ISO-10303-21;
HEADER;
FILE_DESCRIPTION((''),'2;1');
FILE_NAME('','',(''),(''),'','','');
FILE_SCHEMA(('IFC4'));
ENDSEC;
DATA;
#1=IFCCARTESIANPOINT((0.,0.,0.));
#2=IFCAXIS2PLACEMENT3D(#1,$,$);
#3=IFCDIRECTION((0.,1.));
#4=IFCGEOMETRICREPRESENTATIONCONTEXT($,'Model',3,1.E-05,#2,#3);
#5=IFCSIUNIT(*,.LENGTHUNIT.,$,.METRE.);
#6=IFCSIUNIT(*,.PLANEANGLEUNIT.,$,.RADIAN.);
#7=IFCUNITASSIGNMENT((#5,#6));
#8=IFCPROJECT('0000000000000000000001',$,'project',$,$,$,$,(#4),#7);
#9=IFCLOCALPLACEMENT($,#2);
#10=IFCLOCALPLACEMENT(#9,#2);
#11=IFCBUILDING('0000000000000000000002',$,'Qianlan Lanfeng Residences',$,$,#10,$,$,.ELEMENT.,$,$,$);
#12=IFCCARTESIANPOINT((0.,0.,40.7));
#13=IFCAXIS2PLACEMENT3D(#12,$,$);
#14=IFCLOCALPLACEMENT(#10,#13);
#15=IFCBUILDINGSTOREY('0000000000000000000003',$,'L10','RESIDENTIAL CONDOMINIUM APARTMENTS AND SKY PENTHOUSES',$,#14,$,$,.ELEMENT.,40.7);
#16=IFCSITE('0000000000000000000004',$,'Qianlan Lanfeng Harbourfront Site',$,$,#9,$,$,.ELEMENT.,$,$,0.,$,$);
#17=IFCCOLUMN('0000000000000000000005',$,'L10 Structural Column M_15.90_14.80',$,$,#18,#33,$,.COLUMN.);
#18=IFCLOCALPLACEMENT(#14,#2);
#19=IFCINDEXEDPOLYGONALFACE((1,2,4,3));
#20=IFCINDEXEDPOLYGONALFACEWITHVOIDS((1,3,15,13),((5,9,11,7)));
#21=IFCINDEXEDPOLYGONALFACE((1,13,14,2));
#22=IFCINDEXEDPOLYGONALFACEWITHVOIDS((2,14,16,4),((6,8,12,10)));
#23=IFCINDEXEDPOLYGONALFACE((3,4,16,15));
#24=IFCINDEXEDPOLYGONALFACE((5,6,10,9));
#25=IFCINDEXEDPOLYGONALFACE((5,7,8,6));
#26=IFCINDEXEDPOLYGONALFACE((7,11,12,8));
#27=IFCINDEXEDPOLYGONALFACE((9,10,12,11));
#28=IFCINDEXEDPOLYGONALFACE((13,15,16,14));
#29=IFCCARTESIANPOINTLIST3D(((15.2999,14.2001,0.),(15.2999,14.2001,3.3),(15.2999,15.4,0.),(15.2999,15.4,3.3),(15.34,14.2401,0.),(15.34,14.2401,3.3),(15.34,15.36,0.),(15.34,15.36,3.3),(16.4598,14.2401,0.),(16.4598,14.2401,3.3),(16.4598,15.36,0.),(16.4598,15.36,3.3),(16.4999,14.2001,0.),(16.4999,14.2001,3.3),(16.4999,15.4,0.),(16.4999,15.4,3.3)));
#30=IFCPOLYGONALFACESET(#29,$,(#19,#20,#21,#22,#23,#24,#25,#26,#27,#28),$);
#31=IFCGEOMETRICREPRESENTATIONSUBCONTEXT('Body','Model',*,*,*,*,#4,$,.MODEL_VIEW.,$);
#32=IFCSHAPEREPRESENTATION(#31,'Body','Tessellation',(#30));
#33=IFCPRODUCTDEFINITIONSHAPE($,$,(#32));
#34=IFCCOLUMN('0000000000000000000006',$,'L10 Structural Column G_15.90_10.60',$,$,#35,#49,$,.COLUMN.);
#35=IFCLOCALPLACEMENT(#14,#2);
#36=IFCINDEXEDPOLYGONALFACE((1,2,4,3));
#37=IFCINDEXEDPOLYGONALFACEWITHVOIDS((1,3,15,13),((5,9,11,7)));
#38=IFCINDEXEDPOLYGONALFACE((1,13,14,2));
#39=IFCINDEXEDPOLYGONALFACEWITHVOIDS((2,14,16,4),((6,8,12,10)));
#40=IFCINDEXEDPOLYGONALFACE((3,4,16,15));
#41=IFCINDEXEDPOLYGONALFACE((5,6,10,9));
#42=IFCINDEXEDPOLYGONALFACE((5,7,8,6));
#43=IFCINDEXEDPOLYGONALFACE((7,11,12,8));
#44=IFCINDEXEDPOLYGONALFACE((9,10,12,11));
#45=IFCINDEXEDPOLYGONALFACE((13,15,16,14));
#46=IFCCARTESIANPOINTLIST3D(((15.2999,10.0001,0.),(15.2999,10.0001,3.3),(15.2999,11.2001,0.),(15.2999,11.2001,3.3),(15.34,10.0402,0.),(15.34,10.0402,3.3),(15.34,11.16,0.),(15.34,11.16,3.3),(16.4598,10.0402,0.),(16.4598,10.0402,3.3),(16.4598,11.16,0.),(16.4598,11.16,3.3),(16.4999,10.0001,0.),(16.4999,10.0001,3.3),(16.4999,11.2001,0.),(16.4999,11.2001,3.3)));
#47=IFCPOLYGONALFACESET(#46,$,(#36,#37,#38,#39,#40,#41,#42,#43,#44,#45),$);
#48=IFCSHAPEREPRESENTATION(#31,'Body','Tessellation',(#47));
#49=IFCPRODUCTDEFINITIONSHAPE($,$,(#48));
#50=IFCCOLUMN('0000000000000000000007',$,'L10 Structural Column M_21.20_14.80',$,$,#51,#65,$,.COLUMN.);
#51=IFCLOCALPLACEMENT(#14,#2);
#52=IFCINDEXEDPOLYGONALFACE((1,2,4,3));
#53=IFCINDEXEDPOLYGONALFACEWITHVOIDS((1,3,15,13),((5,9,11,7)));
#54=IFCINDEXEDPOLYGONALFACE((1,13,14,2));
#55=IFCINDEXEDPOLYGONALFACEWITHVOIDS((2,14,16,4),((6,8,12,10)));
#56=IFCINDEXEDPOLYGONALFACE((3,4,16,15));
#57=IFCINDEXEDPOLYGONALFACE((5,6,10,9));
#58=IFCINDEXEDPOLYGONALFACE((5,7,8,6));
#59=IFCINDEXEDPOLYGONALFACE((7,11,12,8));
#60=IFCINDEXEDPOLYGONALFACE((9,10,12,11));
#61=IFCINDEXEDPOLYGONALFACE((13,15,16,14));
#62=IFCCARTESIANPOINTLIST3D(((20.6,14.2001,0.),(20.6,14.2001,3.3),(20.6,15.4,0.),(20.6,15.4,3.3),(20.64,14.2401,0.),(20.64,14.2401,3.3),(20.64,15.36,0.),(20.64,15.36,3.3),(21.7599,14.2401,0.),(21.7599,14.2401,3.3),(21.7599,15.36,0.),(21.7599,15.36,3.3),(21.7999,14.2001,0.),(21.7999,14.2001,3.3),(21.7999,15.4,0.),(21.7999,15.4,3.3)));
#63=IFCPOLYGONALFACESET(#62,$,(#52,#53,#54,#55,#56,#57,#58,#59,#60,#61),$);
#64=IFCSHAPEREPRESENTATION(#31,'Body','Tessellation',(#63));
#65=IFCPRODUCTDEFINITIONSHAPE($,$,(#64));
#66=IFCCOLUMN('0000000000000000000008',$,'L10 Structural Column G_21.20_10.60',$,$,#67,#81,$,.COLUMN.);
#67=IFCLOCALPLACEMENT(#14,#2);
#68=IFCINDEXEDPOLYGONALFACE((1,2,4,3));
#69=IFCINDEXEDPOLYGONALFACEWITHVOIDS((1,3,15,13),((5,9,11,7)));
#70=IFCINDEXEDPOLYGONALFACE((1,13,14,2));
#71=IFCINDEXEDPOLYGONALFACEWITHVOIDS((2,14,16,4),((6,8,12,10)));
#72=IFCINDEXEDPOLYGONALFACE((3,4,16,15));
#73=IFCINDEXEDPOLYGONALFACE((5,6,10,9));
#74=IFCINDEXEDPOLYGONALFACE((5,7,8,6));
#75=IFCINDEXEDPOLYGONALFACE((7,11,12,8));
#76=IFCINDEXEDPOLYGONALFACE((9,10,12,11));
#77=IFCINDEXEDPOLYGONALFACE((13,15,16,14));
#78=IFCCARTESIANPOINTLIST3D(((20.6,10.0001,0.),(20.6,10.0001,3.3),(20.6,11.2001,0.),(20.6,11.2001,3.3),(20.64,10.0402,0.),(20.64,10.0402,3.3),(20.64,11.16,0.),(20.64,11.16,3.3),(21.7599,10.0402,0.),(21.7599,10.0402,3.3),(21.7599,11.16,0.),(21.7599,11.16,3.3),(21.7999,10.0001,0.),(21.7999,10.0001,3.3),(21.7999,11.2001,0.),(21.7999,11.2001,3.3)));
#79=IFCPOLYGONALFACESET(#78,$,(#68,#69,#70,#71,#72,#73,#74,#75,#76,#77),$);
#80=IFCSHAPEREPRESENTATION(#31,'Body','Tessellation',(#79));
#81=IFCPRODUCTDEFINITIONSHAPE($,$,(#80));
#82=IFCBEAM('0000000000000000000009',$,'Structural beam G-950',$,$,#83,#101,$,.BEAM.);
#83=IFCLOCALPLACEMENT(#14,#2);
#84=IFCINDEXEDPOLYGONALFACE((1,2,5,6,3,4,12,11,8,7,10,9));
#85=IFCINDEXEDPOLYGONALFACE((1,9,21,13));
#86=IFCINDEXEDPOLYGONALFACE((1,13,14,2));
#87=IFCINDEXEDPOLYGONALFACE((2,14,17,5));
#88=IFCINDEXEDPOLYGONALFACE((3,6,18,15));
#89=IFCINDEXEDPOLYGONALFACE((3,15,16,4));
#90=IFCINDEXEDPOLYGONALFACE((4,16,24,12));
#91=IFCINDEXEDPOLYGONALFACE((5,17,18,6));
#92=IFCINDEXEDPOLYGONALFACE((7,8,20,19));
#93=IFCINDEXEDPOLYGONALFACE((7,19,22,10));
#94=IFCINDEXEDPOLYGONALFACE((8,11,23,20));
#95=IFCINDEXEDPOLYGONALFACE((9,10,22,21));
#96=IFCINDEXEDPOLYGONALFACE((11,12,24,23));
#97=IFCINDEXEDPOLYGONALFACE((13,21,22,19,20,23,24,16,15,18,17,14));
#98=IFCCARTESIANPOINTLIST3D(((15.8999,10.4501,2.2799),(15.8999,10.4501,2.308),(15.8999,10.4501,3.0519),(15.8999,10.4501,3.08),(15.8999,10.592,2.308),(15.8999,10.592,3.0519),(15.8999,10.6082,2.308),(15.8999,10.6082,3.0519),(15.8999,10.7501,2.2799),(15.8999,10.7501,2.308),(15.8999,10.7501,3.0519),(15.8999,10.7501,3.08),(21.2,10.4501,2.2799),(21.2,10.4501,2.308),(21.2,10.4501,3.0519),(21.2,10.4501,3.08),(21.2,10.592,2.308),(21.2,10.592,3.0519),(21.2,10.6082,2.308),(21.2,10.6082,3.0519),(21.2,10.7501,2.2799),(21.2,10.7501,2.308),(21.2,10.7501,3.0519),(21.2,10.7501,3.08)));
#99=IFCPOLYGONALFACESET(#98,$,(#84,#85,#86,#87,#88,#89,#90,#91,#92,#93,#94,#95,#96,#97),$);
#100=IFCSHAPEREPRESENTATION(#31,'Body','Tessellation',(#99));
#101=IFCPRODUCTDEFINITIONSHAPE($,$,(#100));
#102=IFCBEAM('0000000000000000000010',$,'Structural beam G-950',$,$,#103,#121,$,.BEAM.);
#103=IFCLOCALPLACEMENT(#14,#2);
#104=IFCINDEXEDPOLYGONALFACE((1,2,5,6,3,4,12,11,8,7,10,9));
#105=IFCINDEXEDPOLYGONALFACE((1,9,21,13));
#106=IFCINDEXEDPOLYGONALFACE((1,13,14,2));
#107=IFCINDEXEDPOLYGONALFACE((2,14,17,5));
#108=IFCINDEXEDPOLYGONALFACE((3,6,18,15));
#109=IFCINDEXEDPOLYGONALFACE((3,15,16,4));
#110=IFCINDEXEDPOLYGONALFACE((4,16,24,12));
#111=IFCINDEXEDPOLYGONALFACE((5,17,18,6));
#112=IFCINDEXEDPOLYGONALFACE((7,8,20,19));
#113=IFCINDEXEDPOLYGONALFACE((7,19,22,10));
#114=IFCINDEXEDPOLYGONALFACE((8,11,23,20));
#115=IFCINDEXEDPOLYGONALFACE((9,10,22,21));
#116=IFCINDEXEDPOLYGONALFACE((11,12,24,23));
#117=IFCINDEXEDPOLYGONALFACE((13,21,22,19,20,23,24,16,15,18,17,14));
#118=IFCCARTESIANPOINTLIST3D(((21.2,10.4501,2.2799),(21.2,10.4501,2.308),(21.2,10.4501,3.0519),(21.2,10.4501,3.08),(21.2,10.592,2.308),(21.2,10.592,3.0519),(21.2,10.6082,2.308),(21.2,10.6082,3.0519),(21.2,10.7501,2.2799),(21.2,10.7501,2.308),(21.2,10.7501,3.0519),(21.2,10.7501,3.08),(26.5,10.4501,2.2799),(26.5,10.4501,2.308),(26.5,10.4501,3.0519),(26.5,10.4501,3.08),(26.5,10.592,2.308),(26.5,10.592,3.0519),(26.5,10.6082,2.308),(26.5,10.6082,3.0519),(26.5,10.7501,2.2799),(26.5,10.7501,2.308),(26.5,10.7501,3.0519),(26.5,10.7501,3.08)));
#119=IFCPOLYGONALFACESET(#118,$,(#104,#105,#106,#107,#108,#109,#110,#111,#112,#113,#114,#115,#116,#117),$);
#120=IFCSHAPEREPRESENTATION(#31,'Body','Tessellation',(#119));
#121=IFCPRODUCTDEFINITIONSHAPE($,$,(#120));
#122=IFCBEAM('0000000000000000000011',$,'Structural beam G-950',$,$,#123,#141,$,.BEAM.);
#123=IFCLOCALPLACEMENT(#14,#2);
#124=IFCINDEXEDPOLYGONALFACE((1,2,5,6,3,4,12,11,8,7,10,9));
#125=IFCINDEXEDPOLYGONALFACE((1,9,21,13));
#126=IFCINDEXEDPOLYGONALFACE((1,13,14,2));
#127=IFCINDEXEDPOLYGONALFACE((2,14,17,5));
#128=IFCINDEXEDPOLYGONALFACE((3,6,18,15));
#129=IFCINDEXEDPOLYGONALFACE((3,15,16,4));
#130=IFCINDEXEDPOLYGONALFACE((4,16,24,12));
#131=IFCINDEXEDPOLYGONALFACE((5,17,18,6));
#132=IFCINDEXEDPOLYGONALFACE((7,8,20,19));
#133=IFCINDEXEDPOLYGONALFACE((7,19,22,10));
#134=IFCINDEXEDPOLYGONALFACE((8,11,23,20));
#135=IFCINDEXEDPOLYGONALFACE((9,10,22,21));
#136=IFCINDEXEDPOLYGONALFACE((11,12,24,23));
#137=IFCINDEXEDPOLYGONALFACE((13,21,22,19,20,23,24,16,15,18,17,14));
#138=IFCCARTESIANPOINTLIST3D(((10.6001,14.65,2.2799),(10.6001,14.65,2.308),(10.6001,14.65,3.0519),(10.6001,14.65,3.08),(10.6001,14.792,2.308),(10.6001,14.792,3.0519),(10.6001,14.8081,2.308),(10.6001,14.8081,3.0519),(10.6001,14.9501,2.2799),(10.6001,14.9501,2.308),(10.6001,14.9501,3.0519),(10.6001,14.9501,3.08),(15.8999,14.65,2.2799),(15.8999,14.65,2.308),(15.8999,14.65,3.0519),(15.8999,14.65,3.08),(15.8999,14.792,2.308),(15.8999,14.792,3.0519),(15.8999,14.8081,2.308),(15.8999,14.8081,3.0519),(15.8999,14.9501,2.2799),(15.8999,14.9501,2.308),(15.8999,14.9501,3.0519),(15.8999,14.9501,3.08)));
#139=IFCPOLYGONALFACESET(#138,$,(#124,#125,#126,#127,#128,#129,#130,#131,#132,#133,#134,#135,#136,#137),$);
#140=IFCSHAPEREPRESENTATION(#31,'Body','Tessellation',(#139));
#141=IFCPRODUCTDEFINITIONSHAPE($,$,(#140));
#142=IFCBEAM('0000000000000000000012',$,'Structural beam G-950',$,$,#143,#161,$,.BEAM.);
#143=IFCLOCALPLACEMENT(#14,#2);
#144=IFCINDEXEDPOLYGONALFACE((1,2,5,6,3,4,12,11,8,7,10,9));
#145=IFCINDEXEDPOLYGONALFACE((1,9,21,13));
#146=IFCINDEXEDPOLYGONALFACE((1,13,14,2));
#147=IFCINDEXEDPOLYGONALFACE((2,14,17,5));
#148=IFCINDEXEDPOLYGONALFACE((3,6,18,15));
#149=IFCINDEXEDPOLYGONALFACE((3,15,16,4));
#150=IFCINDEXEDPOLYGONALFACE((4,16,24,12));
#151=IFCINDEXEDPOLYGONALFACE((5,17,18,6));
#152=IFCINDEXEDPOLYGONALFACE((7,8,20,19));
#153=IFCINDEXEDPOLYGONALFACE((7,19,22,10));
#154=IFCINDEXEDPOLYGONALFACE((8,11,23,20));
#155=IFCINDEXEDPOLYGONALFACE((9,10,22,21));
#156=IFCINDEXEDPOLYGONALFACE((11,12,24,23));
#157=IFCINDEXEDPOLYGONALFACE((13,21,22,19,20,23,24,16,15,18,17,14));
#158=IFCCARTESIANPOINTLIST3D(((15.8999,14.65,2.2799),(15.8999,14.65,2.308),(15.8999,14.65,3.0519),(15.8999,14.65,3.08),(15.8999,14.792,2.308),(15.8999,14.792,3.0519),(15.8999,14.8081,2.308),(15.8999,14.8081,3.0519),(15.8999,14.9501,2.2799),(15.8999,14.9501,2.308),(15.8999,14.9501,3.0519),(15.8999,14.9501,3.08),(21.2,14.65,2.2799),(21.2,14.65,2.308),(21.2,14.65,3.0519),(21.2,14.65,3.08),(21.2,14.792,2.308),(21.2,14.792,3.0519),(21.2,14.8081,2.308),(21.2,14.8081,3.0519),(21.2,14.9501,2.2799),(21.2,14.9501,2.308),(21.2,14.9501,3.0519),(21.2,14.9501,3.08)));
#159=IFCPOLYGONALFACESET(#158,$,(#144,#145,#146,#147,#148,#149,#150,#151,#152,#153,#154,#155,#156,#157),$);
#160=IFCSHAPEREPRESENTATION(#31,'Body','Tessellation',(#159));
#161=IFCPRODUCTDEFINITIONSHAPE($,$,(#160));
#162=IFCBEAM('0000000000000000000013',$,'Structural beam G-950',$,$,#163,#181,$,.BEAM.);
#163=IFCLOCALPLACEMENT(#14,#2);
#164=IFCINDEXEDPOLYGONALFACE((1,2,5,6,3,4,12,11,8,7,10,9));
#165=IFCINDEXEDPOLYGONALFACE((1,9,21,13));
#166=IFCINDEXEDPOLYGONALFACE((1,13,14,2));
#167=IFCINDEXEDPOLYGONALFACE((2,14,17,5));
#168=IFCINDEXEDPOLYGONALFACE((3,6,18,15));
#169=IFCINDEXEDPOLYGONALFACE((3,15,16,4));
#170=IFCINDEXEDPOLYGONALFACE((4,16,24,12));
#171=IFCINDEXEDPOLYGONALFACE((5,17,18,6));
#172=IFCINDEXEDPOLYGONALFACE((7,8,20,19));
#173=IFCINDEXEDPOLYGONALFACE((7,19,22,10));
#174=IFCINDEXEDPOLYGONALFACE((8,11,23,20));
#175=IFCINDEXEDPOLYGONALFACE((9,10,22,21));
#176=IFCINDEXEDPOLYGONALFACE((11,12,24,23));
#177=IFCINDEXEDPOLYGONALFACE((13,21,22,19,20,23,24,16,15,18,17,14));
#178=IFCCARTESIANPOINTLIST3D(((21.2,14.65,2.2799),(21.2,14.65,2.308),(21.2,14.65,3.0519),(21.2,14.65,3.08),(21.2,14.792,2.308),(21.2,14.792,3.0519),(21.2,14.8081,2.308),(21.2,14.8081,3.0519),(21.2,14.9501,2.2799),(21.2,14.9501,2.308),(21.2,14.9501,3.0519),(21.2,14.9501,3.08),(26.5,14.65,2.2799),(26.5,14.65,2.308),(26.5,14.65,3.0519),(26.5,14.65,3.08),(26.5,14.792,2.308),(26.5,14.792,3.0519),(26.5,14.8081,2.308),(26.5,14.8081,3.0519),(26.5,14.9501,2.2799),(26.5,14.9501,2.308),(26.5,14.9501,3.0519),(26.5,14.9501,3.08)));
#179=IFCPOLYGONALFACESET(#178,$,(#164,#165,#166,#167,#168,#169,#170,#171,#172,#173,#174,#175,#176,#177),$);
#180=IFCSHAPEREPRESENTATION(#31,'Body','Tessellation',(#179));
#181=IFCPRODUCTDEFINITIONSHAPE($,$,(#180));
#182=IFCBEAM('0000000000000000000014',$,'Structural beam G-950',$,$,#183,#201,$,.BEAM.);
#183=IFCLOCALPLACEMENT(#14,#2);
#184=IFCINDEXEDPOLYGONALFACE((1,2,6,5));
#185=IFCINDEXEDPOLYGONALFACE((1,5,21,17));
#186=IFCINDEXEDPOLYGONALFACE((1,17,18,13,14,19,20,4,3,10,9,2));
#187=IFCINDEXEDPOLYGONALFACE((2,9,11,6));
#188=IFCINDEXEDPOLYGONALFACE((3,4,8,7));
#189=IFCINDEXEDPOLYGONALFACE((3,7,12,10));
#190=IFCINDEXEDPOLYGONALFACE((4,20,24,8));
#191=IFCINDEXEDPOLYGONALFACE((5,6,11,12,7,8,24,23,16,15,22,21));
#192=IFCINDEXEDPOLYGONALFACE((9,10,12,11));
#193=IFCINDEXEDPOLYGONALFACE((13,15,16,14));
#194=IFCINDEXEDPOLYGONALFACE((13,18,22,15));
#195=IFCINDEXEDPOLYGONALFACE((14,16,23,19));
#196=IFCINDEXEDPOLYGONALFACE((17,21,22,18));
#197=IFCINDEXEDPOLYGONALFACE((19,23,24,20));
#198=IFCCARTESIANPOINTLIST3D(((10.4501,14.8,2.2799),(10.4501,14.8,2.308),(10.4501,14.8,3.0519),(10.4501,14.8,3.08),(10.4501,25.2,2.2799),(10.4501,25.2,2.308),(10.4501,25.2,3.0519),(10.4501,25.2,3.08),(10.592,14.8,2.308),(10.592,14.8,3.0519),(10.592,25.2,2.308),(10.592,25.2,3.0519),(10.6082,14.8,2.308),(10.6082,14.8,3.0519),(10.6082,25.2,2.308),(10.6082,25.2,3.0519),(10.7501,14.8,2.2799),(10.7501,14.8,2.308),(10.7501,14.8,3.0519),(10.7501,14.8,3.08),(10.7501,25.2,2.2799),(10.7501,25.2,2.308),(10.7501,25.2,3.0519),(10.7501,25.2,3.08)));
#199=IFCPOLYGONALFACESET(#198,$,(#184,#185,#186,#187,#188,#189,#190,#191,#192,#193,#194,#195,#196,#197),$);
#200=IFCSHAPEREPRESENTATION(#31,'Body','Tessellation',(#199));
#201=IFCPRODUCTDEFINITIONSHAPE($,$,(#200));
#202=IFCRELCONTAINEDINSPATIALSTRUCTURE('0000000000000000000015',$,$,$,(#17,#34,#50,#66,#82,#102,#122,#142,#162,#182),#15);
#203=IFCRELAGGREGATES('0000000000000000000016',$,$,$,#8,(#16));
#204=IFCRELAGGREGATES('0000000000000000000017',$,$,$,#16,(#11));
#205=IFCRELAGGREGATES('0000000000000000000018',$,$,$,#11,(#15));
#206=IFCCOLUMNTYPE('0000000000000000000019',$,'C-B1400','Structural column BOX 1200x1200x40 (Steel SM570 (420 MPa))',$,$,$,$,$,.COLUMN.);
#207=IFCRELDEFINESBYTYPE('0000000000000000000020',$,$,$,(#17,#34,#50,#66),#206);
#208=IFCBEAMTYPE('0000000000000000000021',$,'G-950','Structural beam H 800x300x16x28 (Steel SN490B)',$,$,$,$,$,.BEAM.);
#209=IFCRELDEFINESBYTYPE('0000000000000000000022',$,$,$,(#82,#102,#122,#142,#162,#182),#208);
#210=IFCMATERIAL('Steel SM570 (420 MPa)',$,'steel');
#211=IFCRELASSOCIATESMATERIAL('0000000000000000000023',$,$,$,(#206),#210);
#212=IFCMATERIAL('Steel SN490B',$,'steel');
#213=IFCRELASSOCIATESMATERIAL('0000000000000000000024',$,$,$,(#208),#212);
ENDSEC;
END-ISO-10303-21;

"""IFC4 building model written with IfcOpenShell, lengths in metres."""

from ifc_helpers import new_model, si_unit, direction, frame, origin, origin_2d, place, context, subcontext, project, spatial, hollow_rectangle, i_section, extrude, material, material_profile, profile_set, type_object, element, save


model = new_model("IFC4")

# Units and contexts
model_context = context("Model", 3, precision=1e-05, world=origin(), true_north=direction((0.0, 1.0)))
body_context = subcontext(model_context, "Body", "Model", "MODEL_VIEW")
ifc_project = project(units=[si_unit("LENGTHUNIT", "METRE"), si_unit("PLANEANGLEUNIT", "RADIAN")], contexts=[model_context])

# Site, building, storey
site_placement = place(None, origin())
site = spatial("IfcSite", under=ifc_project, at=site_placement, Name="Qianlan Lanfeng Harbourfront Site", CompositionType="ELEMENT", RefElevation=0.0)
building_placement = place(site_placement, origin())
building = spatial("IfcBuilding", under=site, at=building_placement, Name="Qianlan Lanfeng Residences", CompositionType="ELEMENT")
storey_placement = place(building_placement, frame((0.0, 0.0, 40.7)))
storey = spatial("IfcBuildingStorey", under=building, at=storey_placement, Name="L10", Description="RESIDENTIAL CONDOMINIUM APARTMENTS AND SKY PENTHOUSES", CompositionType="ELEMENT", Elevation=40.7)

# Columns
ifc_material_1 = material(Name="Steel SM570 (420 MPa)", Category="steel")
ifc_material_profile_1 = material_profile(ifc_material_1, hollow_rectangle(XDim=1.2, YDim=1.2, WallThickness=0.04, at=origin_2d()), Name="BOX 1200x1200x40")
ifc_profile_set_1 = profile_set([ifc_material_profile_1], Name="Steel SM570 (420 MPa)")
column_type = type_object("IfcColumnType", Name="C-B1400", Description="Structural column BOX 1200x1200x40 (Steel SM570 (420 MPa))", PredefinedType="COLUMN", material=ifc_profile_set_1)
for number, where, z_axis, x_axis, name in (
    (1, (15.8999, 14.8, 0.0), (0.0, 0.0, 1.0), (1.0, 0.0, 0.0), "L10 Structural Column M_15.90_14.80"),
    (2, (15.8999, 10.6001, 0.0), (0.0, 0.0, 1.0), (1.0, 0.0, 0.0), "L10 Structural Column G_15.90_10.60"),
    (3, (21.2, 14.8, 0.0), (0.0, 0.0, 1.0), (1.0, 0.0, 0.0), "L10 Structural Column M_21.20_14.80"),
    (4, (21.2, 10.6001, 0.0), (0.0, 0.0, 1.0), (1.0, 0.0, 0.0), "L10 Structural Column G_21.20_10.60"),
):
    element("IfcColumn", number, at=place(storey_placement, frame(where, z_axis=z_axis, x_axis=x_axis)), inside=storey, type_object=column_type, Name=name, PredefinedType="COLUMN", context=body_context, shape_type="SweptSolid", body=[
        extrude(hollow_rectangle(XDim=1.2, YDim=1.2, WallThickness=0.04, at=origin_2d()), origin(), (0.0, 0.0, 1.0), 3.3),
    ])

# Beams
ifc_material_2 = material(Name="Steel SN490B", Category="steel")
ifc_material_profile_2 = material_profile(ifc_material_2, i_section(OverallWidth=0.3, OverallDepth=0.8, WebThickness=0.0161, FlangeThickness=0.0281, at=origin_2d()), Name="H 800x300x16x28")
ifc_profile_set_2 = profile_set([ifc_material_profile_2], Name="Steel SN490B")
beam_type_1 = type_object("IfcBeamType", Name="G-950", Description="Structural beam H 800x300x16x28 (Steel SN490B)", PredefinedType="BEAM", material=ifc_profile_set_2)
for number, where, z_axis, x_axis, name in (
    (5, (15.8999, 10.6001, 2.6799), (1.0, 0.0, 0.0), (0.0, 1.0, 0.0), "Structural beam G-950"),
    (6, (21.2, 10.6001, 2.6799), (1.0, 0.0, 0.0), (0.0, 1.0, 0.0), "Structural beam G-950"),
):
    element("IfcBeam", number, at=place(storey_placement, frame(where, z_axis=z_axis, x_axis=x_axis)), inside=storey, type_object=beam_type_1, Name=name, PredefinedType="BEAM", context=body_context, shape_type="SweptSolid", body=[
        extrude(i_section(OverallWidth=0.3, OverallDepth=0.8, WebThickness=0.0161, FlangeThickness=0.0281, at=origin_2d()), origin(), (0.0, 0.0, 1.0), 5.3),
    ])
beam_1_placement = place(storey_placement, frame((10.6001, 14.8, 2.6799), z_axis=(1.0, 0.0, 0.0), x_axis=(0.0, 1.0, 0.0)))
element("IfcBeam", 7, at=beam_1_placement, inside=storey, type_object=beam_type_1, Name="Structural beam G-950", PredefinedType="BEAM", context=body_context, shape_type="SweptSolid", body=[
    extrude(i_section(OverallWidth=0.3, OverallDepth=0.8, WebThickness=0.0161, FlangeThickness=0.0281, at=origin_2d()), origin(), (0.0, 0.0, 1.0), 5.2998),
])
for number, where, z_axis, x_axis, name in (
    (8, (15.8999, 14.8, 2.6799), (1.0, 0.0, 0.0), (0.0, 1.0, 0.0), "Structural beam G-950"),
    (9, (21.2, 14.8, 2.6799), (1.0, 0.0, 0.0), (0.0, 1.0, 0.0), "Structural beam G-950"),
):
    element("IfcBeam", number, at=place(storey_placement, frame(where, z_axis=z_axis, x_axis=x_axis)), inside=storey, type_object=beam_type_1, Name=name, PredefinedType="BEAM", context=body_context, shape_type="SweptSolid", body=[
        extrude(i_section(OverallWidth=0.3, OverallDepth=0.8, WebThickness=0.0161, FlangeThickness=0.0281, at=origin_2d()), origin(), (0.0, 0.0, 1.0), 5.3),
    ])
beam_2_placement = place(storey_placement, frame((10.6001, 14.8, 2.6799), z_axis=(0.0, 1.0, 0.0), x_axis=(-1.0, 0.0, 0.0)))
element("IfcBeam", 10, at=beam_2_placement, inside=storey, type_object=beam_type_1, Name="Structural beam G-950", PredefinedType="BEAM", context=body_context, shape_type="SweptSolid", body=[
    extrude(i_section(OverallWidth=0.3, OverallDepth=0.8, WebThickness=0.0161, FlangeThickness=0.0281, at=origin_2d()), origin(), (0.0, 0.0, 1.0), 10.3999),
])

save(model, "model.ifc")
